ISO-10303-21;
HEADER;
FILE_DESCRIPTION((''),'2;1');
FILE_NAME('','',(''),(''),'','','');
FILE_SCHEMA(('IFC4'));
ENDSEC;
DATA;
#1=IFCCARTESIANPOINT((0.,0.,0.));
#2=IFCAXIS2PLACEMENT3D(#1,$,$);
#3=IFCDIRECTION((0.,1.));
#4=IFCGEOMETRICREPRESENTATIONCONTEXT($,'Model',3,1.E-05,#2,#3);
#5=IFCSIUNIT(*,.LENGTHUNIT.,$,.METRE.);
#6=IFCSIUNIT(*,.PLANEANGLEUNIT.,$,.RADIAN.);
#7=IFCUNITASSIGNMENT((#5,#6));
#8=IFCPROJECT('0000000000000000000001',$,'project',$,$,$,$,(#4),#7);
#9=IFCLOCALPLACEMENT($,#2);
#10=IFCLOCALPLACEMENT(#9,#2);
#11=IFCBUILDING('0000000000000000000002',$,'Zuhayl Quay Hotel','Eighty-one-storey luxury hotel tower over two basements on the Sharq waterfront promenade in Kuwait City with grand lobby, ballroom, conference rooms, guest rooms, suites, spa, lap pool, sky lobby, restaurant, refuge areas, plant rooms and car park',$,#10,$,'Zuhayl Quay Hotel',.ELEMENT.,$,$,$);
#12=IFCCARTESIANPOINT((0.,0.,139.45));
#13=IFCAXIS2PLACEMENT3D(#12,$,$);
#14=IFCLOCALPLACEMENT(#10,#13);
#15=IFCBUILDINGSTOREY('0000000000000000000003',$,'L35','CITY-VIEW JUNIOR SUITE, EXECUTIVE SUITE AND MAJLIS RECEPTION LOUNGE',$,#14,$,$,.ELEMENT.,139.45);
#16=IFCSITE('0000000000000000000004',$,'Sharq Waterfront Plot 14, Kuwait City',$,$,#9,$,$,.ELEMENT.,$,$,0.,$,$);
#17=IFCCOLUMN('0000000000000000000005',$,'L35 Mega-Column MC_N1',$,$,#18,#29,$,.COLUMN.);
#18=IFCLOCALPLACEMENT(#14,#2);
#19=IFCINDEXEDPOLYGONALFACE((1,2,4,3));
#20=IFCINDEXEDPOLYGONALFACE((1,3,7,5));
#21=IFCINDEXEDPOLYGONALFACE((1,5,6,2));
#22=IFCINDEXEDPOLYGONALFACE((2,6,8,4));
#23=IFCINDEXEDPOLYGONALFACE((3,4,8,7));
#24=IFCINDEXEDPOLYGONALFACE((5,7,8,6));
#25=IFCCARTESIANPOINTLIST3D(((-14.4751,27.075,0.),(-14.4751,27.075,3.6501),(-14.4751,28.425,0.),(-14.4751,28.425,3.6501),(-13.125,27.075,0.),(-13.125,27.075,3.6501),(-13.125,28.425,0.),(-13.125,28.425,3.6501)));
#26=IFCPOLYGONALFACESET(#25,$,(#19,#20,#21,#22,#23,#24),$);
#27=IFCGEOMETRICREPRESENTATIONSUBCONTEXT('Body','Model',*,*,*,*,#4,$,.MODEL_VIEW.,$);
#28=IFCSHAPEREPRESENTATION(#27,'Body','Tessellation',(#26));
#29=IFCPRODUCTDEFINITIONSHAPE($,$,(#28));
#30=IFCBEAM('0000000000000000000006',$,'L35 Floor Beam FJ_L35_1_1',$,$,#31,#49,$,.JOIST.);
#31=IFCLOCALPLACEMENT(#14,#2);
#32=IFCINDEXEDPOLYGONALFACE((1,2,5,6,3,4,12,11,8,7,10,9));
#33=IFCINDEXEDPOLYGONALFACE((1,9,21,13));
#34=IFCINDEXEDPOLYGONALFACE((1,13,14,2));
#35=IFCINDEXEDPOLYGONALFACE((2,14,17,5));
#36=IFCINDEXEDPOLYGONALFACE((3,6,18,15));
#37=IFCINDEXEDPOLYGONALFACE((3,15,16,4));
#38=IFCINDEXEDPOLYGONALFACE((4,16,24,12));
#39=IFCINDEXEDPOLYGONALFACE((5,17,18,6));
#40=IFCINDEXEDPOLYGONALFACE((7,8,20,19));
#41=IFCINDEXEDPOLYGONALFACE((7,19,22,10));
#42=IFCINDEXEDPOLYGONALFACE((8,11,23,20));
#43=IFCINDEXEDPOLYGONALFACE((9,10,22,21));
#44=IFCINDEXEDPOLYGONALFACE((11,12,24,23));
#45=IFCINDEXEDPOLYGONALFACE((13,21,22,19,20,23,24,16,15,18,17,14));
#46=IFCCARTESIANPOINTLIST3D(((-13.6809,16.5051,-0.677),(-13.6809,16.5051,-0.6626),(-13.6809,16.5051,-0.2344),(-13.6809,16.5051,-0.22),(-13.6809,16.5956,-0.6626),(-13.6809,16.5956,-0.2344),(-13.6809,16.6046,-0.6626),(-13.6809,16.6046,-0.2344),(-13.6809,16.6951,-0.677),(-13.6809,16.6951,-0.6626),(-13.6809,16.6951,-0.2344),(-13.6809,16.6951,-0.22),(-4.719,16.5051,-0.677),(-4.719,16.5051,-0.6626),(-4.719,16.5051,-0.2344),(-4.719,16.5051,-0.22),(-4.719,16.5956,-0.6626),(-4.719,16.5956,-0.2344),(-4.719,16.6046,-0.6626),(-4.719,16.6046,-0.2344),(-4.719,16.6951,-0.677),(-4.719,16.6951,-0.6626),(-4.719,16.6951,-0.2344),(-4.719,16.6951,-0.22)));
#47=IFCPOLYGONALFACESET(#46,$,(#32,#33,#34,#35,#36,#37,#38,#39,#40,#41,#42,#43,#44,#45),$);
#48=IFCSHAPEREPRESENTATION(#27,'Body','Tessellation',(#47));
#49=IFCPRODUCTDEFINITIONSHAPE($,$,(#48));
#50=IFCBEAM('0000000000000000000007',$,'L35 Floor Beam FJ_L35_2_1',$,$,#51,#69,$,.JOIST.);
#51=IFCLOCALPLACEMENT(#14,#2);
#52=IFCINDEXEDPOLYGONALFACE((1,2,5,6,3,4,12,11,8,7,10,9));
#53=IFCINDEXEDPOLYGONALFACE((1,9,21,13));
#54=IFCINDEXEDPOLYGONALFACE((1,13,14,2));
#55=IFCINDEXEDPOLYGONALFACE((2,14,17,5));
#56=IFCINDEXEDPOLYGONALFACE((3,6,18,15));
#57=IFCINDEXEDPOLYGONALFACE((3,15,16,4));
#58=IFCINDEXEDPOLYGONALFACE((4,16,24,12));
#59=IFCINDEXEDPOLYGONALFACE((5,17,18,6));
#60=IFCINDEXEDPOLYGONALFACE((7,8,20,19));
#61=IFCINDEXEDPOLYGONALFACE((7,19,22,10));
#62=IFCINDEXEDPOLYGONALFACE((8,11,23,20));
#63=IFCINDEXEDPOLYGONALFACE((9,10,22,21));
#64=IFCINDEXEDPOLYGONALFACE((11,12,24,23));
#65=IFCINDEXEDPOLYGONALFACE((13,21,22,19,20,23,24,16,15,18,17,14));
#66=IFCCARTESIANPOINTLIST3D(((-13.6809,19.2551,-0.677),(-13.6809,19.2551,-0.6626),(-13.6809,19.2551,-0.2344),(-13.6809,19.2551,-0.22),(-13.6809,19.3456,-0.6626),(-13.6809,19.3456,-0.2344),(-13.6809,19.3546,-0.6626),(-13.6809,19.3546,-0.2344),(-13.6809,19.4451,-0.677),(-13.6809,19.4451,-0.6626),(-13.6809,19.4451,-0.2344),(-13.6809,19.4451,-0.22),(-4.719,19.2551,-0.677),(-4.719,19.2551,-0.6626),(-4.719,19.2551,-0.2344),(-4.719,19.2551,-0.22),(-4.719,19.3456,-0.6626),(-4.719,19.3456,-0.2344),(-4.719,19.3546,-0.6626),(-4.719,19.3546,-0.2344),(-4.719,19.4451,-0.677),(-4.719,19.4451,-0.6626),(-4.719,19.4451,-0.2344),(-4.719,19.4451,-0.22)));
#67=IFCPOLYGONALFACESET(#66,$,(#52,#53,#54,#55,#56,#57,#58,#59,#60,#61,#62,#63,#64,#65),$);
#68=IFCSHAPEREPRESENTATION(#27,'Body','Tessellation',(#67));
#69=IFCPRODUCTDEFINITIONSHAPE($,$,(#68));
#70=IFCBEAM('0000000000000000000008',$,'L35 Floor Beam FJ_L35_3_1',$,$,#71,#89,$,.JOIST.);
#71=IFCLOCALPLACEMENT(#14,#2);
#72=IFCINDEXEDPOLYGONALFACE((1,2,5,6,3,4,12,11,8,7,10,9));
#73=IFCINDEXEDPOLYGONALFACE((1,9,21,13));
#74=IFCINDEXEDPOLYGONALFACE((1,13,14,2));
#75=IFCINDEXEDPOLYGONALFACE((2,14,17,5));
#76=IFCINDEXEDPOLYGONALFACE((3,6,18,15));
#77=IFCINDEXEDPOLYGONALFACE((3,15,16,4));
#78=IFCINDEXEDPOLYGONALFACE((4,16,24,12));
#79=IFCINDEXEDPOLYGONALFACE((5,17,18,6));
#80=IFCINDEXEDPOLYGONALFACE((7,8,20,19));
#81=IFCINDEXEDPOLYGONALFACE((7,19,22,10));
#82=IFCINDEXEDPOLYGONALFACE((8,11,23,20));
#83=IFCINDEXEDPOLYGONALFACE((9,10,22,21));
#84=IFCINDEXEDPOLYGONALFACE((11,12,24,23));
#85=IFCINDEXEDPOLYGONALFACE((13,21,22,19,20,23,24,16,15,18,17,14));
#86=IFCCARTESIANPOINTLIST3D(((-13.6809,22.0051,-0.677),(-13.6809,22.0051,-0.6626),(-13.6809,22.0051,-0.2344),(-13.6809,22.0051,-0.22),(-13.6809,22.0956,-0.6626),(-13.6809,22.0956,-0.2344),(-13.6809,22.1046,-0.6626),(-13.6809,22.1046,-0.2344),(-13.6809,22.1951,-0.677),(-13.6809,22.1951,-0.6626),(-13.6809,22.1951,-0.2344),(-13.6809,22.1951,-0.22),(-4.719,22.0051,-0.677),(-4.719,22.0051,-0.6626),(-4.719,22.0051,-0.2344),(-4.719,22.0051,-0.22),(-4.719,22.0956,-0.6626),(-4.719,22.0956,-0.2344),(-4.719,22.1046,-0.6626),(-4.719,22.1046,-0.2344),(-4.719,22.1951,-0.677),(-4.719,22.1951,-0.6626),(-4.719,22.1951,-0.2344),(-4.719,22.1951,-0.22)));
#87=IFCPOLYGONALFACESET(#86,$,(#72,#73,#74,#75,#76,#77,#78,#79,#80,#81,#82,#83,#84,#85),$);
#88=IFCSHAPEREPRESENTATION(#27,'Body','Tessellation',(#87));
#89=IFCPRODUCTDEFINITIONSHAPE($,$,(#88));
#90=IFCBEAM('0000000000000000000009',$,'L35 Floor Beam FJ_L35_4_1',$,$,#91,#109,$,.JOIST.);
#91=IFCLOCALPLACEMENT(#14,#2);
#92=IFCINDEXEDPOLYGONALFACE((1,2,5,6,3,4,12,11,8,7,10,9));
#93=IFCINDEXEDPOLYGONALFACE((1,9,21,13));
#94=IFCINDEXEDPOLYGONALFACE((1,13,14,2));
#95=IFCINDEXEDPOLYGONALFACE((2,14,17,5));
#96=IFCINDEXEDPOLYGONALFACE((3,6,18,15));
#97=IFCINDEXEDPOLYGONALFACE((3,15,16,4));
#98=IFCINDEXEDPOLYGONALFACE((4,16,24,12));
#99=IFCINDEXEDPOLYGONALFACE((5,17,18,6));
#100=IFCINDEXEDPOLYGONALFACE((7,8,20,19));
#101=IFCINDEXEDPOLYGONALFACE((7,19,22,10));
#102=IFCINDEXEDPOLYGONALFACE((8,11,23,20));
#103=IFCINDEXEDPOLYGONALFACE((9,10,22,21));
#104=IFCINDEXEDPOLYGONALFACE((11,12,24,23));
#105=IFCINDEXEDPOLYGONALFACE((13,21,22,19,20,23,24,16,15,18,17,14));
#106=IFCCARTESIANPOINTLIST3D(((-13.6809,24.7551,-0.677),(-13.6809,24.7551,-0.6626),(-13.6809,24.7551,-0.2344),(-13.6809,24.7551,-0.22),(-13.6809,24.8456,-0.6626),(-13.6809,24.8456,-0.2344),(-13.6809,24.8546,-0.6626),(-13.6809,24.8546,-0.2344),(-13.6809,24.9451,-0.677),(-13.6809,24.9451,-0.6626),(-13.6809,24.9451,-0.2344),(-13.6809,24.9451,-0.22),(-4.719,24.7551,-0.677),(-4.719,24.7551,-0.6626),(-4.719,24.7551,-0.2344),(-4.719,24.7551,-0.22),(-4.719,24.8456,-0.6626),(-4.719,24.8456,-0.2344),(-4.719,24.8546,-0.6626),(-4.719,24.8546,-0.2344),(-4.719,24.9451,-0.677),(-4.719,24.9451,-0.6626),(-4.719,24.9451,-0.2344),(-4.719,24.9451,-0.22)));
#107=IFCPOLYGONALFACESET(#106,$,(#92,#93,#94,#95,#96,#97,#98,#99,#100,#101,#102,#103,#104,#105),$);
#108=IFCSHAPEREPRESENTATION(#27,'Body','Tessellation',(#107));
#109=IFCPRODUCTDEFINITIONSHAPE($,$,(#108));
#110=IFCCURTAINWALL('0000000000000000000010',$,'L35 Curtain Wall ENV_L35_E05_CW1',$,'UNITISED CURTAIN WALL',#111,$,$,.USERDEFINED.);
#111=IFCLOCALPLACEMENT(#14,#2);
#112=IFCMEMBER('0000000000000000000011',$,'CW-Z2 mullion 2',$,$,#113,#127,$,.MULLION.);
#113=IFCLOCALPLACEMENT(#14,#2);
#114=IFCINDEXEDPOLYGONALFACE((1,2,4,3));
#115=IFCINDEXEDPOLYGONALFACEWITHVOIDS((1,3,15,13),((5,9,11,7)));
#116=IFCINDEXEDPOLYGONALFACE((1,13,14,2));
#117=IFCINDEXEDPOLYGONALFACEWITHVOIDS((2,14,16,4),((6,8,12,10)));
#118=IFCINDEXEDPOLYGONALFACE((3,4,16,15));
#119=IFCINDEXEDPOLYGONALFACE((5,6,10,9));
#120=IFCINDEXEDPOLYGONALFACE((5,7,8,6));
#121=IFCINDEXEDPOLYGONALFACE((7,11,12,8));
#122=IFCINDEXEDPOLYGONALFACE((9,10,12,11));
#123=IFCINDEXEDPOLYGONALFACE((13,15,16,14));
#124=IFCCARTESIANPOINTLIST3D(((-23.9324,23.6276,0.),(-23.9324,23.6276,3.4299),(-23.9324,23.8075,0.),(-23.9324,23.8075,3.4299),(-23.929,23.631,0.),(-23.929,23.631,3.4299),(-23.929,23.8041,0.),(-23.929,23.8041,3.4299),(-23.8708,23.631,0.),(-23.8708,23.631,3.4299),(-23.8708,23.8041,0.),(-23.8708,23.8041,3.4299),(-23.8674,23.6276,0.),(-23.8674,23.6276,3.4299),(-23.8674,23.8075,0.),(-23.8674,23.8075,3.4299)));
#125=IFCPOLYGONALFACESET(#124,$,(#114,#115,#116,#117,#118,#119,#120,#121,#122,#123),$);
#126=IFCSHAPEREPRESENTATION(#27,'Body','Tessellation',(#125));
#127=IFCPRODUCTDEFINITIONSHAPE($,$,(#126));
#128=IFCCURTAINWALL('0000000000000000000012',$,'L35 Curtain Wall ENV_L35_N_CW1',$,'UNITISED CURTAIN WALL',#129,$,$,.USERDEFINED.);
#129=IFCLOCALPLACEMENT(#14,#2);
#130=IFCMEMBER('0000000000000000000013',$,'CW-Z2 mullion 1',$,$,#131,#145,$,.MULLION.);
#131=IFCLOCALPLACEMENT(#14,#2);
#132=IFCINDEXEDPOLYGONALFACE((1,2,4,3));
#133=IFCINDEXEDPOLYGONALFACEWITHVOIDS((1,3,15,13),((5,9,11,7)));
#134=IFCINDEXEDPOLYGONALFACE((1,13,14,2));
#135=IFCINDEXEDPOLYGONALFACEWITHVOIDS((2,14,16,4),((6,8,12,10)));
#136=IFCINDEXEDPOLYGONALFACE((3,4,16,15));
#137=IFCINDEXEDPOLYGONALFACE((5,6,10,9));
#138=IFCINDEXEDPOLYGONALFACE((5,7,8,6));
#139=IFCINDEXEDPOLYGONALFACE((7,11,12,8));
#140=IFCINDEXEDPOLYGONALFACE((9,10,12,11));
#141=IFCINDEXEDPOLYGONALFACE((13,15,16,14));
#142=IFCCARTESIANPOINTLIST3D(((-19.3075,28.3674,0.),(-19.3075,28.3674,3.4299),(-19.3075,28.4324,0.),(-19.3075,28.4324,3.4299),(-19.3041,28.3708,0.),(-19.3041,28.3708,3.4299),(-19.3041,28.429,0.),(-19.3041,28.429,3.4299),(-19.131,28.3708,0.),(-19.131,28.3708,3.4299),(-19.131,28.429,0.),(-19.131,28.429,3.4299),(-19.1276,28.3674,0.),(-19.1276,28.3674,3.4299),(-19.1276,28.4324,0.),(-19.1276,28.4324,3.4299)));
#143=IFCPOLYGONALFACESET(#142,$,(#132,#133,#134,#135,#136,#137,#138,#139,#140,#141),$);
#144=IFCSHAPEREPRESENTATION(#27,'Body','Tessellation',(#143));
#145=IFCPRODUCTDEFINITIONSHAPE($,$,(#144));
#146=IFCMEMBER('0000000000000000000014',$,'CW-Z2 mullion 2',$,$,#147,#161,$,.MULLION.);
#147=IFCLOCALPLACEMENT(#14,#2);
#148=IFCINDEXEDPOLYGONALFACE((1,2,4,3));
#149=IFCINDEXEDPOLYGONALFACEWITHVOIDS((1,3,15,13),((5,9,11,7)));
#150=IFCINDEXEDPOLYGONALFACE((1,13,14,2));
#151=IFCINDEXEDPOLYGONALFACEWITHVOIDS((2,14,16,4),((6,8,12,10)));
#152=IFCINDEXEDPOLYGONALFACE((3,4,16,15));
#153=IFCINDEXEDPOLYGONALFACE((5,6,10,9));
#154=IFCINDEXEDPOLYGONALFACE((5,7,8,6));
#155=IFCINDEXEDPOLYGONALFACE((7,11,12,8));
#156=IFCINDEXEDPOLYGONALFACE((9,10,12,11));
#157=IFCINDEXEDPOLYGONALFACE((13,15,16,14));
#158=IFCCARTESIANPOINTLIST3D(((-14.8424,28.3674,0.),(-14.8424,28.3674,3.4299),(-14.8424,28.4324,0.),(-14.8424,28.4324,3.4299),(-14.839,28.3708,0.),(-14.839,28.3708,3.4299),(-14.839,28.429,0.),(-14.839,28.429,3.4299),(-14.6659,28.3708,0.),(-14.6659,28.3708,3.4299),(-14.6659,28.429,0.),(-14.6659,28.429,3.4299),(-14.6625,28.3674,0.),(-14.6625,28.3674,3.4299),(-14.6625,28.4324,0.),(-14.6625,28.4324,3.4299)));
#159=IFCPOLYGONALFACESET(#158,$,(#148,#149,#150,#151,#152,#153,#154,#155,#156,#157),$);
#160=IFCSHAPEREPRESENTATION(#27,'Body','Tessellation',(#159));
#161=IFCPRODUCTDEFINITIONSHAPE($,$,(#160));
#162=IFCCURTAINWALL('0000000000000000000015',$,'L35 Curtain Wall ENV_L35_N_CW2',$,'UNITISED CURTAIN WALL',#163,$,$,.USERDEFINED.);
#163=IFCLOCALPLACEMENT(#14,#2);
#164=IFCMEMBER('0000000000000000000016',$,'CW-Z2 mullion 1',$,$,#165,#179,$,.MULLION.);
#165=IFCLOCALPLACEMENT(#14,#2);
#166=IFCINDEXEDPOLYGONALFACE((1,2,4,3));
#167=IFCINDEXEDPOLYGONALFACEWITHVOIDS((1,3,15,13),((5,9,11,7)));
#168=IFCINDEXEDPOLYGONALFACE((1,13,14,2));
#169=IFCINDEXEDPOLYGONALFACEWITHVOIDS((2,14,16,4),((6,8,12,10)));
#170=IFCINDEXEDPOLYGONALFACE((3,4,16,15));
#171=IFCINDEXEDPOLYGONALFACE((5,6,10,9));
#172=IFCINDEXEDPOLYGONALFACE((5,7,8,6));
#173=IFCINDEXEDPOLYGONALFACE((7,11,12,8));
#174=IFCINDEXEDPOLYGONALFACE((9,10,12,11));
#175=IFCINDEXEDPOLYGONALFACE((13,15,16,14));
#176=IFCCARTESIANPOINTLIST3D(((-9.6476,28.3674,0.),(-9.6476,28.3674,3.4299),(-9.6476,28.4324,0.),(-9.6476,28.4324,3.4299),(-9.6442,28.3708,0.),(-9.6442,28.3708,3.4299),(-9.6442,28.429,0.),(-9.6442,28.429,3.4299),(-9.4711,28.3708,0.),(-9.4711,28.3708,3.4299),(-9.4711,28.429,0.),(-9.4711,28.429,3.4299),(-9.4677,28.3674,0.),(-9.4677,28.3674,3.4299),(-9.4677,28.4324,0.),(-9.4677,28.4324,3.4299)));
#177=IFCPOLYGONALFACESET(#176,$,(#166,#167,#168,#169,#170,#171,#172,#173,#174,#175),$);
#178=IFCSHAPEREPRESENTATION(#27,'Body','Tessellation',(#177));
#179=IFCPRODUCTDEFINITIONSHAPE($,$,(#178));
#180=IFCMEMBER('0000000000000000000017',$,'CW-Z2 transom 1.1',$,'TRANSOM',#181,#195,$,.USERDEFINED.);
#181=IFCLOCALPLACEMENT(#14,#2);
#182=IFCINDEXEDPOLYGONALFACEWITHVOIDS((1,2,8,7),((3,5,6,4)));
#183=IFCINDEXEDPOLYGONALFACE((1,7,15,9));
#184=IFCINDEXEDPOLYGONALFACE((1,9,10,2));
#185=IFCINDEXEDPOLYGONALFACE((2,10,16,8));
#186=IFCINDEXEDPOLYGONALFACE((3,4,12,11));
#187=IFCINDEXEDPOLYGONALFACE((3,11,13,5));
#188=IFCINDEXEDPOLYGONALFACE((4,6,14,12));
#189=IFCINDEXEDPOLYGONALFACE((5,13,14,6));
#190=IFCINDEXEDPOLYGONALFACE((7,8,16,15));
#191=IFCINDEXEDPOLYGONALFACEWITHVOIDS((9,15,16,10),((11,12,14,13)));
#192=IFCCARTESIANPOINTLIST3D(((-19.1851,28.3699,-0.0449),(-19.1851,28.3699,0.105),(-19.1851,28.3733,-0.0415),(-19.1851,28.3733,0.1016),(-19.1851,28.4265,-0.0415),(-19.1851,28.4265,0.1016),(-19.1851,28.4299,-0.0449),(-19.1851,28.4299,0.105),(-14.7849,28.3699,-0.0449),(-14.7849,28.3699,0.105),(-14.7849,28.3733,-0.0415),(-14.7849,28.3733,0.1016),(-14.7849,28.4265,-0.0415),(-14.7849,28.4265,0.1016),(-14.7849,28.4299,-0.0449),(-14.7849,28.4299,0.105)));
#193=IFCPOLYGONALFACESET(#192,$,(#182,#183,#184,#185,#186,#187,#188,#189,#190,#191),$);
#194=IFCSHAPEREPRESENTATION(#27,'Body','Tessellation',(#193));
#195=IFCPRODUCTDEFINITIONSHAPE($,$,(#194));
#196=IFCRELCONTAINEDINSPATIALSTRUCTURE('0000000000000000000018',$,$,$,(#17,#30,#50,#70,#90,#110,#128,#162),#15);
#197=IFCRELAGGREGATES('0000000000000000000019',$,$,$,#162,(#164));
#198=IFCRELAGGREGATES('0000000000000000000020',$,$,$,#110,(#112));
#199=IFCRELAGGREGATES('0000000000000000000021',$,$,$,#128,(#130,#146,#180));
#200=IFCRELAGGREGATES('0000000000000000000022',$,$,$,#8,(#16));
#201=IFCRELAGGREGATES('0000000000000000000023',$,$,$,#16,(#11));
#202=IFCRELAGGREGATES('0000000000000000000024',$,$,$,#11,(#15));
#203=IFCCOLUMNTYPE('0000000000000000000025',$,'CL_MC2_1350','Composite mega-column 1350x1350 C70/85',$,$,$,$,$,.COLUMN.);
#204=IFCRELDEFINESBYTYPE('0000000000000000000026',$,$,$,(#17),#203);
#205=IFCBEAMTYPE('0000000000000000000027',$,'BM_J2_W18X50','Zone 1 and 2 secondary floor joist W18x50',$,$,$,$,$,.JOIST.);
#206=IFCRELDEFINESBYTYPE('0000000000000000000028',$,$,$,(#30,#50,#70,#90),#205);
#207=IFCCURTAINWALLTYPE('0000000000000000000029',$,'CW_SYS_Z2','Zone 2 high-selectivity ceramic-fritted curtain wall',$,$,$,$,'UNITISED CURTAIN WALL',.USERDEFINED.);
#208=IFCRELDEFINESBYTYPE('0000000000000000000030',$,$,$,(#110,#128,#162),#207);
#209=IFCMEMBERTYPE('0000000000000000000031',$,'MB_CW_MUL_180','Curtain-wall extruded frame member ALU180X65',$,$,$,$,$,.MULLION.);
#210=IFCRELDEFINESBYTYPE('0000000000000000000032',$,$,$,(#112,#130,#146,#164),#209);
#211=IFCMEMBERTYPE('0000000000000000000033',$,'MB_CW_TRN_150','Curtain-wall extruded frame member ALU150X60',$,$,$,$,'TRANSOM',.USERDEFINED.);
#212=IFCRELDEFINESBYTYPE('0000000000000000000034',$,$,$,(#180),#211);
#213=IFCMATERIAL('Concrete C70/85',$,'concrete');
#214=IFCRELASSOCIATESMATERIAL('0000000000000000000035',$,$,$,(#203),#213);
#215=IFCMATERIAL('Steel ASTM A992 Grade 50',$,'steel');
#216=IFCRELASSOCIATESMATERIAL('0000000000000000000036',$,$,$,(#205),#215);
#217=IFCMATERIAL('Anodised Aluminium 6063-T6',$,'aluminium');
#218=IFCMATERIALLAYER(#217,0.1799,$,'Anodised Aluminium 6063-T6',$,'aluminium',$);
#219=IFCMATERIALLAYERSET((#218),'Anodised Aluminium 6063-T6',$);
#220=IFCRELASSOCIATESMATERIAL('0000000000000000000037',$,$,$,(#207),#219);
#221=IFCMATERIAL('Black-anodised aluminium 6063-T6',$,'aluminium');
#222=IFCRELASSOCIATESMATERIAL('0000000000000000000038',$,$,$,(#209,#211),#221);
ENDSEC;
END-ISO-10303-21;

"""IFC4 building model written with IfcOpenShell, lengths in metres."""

from ifc_helpers import new_model, si_unit, direction, frame, origin, origin_2d, place, context, subcontext, project, spatial, rectangle, hollow_rectangle, i_section, extrude, material, layer, layer_set, material_profile, profile_set, type_object, element, aggregate, save


model = new_model("IFC4")

# Units and contexts
model_context = context("Model", 3, precision=1e-05, world=origin(), true_north=direction((0.0, 1.0)))
body_context = subcontext(model_context, "Body", "Model", "MODEL_VIEW")
ifc_project = project(units=[si_unit("LENGTHUNIT", "METRE"), si_unit("PLANEANGLEUNIT", "RADIAN")], contexts=[model_context])

# Site, building, storey
site_placement = place(None, origin())
site = spatial("IfcSite", under=ifc_project, at=site_placement, Name="Sharq Waterfront Plot 14, Kuwait City", CompositionType="ELEMENT", RefElevation=0.0)
building_placement = place(site_placement, origin())
building = spatial("IfcBuilding", under=site, at=building_placement, Name="Zuhayl Quay Hotel", Description="Eighty-one-storey luxury hotel tower over two basements on the Sharq waterfront promenade in Kuwait City with grand lobby, ballroom, conference rooms, guest rooms, suites, spa, lap pool, sky lobby, restaurant, refuge areas, plant rooms and car park", LongName="Zuhayl Quay Hotel", CompositionType="ELEMENT")
storey_placement = place(building_placement, frame((0.0, 0.0, 139.45)))
storey = spatial("IfcBuildingStorey", under=building, at=storey_placement, Name="L35", Description="CITY-VIEW JUNIOR SUITE, EXECUTIVE SUITE AND MAJLIS RECEPTION LOUNGE", CompositionType="ELEMENT", Elevation=139.45)

# Column
ifc_material_1 = material(Name="Concrete C70/85", Category="concrete")
ifc_material_profile_1 = material_profile(ifc_material_1, rectangle(XDim=1.3501, YDim=1.3501, at=origin_2d()), Name="RC1350X1350")
ifc_profile_set_1 = profile_set([ifc_material_profile_1], Name="Concrete C70/85")
column_type = type_object("IfcColumnType", Name="CL_MC2_1350", Description="Composite mega-column 1350x1350 C70/85", PredefinedType="COLUMN", material=ifc_profile_set_1)
column_placement = place(storey_placement, frame((-13.8, 27.75, 0.0), z_axis=(0.0, 0.0, 1.0), x_axis=(1.0, 0.0, 0.0)))
element("IfcColumn", 1, at=column_placement, inside=storey, type_object=column_type, Name="L35 Mega-Column MC_N1", PredefinedType="COLUMN", context=body_context, shape_type="SweptSolid", body=[
    extrude(rectangle(XDim=1.3501, YDim=1.3501, at=origin_2d()), origin(), (0.0, 0.0, 1.0), 3.6501),
])

# Beams
ifc_material_2 = material(Name="Steel ASTM A992 Grade 50", Category="steel")
ifc_material_profile_2 = material_profile(ifc_material_2, i_section(OverallWidth=0.1899, OverallDepth=0.457, WebThickness=0.009, FlangeThickness=0.0144, at=origin_2d()), Name="W18X50")
ifc_profile_set_2 = profile_set([ifc_material_profile_2], Name="Steel ASTM A992 Grade 50")
beam_type = type_object("IfcBeamType", Name="BM_J2_W18X50", Description="Zone 1 and 2 secondary floor joist W18x50", PredefinedType="JOIST", material=ifc_profile_set_2)
for number, where, z_axis, x_axis, name in (
    (2, (-13.6809, 16.6001, -0.4485), (1.0, 0.0, 0.0), (0.0, 1.0, 0.0), "L35 Floor Beam FJ_L35_1_1"),
    (3, (-13.6809, 19.3501, -0.4485), (1.0, 0.0, 0.0), (0.0, 1.0, 0.0), "L35 Floor Beam FJ_L35_2_1"),
    (4, (-13.6809, 22.1001, -0.4485), (1.0, 0.0, 0.0), (0.0, 1.0, 0.0), "L35 Floor Beam FJ_L35_3_1"),
    (5, (-13.6809, 24.8501, -0.4485), (1.0, 0.0, 0.0), (0.0, 1.0, 0.0), "L35 Floor Beam FJ_L35_4_1"),
):
    element("IfcBeam", number, at=place(storey_placement, frame(where, z_axis=z_axis, x_axis=x_axis)), inside=storey, type_object=beam_type, Name=name, PredefinedType="JOIST", context=body_context, shape_type="SweptSolid", body=[
        extrude(i_section(OverallWidth=0.1899, OverallDepth=0.457, WebThickness=0.009, FlangeThickness=0.0144, at=origin_2d()), origin(), (0.0, 0.0, 1.0), 8.9619),
    ])

# Curtain wall, member
ifc_material_3 = material(Name="Anodised Aluminium 6063-T6", Category="aluminium")
ifc_layer_1 = layer(ifc_material_3, 0.1799, Name="Anodised Aluminium 6063-T6", Category="aluminium")
ifc_layer_set_1 = layer_set([ifc_layer_1], Name="Anodised Aluminium 6063-T6")
curtain_wall_type = type_object("IfcCurtainWallType", Name="CW_SYS_Z2", Description="Zone 2 high-selectivity ceramic-fritted curtain wall", ElementType="UNITISED CURTAIN WALL", PredefinedType="USERDEFINED", material=ifc_layer_set_1)
curtain_wall_1_placement = place(storey_placement, origin())
curtain_wall_1 = element("IfcCurtainWall", 6, at=curtain_wall_1_placement, inside=storey, type_object=curtain_wall_type, Name="L35 Curtain Wall ENV_L35_E05_CW1", ObjectType="UNITISED CURTAIN WALL", PredefinedType="USERDEFINED")
ifc_material_4 = material(Name="Black-anodised aluminium 6063-T6", Category="aluminium")
ifc_material_profile_3 = material_profile(ifc_material_4, hollow_rectangle(XDim=0.0649, YDim=0.1799, WallThickness=0.0034, at=origin_2d()), Name="ALU180X65")
ifc_profile_set_3 = profile_set([ifc_material_profile_3], Name="Black-anodised aluminium 6063-T6")
member_type_1 = type_object("IfcMemberType", Name="MB_CW_MUL_180", Description="Curtain-wall extruded frame member ALU180X65", PredefinedType="MULLION", material=ifc_profile_set_3)
member_1_placement = place(storey_placement, frame((-23.8999, 23.7175, 0.0), z_axis=(0.0, 0.0, 1.0), x_axis=(-1.0, 0.0, 0.0)))
member_1 = element("IfcMember", 7, at=member_1_placement, type_object=member_type_1, Name="CW-Z2 mullion 2", PredefinedType="MULLION", context=body_context, shape_type="SweptSolid", body=[
    extrude(hollow_rectangle(XDim=0.0649, YDim=0.1799, WallThickness=0.0034, at=origin_2d()), origin(), (0.0, 0.0, 1.0), 3.4299),
])

# Curtain wall, members
curtain_wall_2_placement = place(storey_placement, origin())
curtain_wall_2 = element("IfcCurtainWall", 8, at=curtain_wall_2_placement, inside=storey, type_object=curtain_wall_type, Name="L35 Curtain Wall ENV_L35_N_CW1", ObjectType="UNITISED CURTAIN WALL", PredefinedType="USERDEFINED")
member_2_placement = place(storey_placement, frame((-19.2175, 28.3999, 0.0), z_axis=(0.0, 0.0, 1.0), x_axis=(0.0, 1.0, 0.0)))
member_2 = element("IfcMember", 9, at=member_2_placement, type_object=member_type_1, Name="CW-Z2 mullion 1", PredefinedType="MULLION", context=body_context, shape_type="SweptSolid", body=[
    extrude(hollow_rectangle(XDim=0.0649, YDim=0.1799, WallThickness=0.0034, at=origin_2d()), origin(), (0.0, 0.0, 1.0), 3.4299),
])
member_3_placement = place(storey_placement, frame((-14.7524, 28.3999, 0.0), z_axis=(0.0, 0.0, 1.0), x_axis=(0.0, 1.0, 0.0)))
member_3 = element("IfcMember", 10, at=member_3_placement, type_object=member_type_1, Name="CW-Z2 mullion 2", PredefinedType="MULLION", context=body_context, shape_type="SweptSolid", body=[
    extrude(hollow_rectangle(XDim=0.0649, YDim=0.1799, WallThickness=0.0034, at=origin_2d()), origin(), (0.0, 0.0, 1.0), 3.4299),
])

# Curtain wall, member
curtain_wall_3_placement = place(storey_placement, origin())
curtain_wall_3 = element("IfcCurtainWall", 11, at=curtain_wall_3_placement, inside=storey, type_object=curtain_wall_type, Name="L35 Curtain Wall ENV_L35_N_CW2", ObjectType="UNITISED CURTAIN WALL", PredefinedType="USERDEFINED")
member_4_placement = place(storey_placement, frame((-9.5576, 28.3999, 0.0), z_axis=(0.0, 0.0, 1.0), x_axis=(0.0, 1.0, 0.0)))
member_4 = element("IfcMember", 12, at=member_4_placement, type_object=member_type_1, Name="CW-Z2 mullion 1", PredefinedType="MULLION", context=body_context, shape_type="SweptSolid", body=[
    extrude(hollow_rectangle(XDim=0.0649, YDim=0.1799, WallThickness=0.0034, at=origin_2d()), origin(), (0.0, 0.0, 1.0), 3.4299),
])

# Member
ifc_material_profile_4 = material_profile(ifc_material_4, hollow_rectangle(XDim=0.0601, YDim=0.1499, WallThickness=0.0034, at=origin_2d()), Name="ALU150X60")
ifc_profile_set_4 = profile_set([ifc_material_profile_4], Name="Black-anodised aluminium 6063-T6")
member_type_2 = type_object("IfcMemberType", Name="MB_CW_TRN_150", Description="Curtain-wall extruded frame member ALU150X60", ElementType="TRANSOM", PredefinedType="USERDEFINED", material=ifc_profile_set_4)
member_5_placement = place(storey_placement, frame((-19.1851, 28.3999, 0.03), z_axis=(1.0, 0.0, 0.0), x_axis=(0.0, 1.0, 0.0)))
member_5 = element("IfcMember", 13, at=member_5_placement, type_object=member_type_2, Name="CW-Z2 transom 1.1", ObjectType="TRANSOM", PredefinedType="USERDEFINED", context=body_context, shape_type="SweptSolid", body=[
    extrude(hollow_rectangle(XDim=0.0601, YDim=0.1499, WallThickness=0.0034, at=origin_2d()), origin(), (0.0, 0.0, 1.0), 4.4001),
])
aggregate(curtain_wall_3, [member_4])

aggregate(curtain_wall_1, [member_1])
aggregate(curtain_wall_2, [member_2, member_3, member_5])

save(model, "model.ifc")
